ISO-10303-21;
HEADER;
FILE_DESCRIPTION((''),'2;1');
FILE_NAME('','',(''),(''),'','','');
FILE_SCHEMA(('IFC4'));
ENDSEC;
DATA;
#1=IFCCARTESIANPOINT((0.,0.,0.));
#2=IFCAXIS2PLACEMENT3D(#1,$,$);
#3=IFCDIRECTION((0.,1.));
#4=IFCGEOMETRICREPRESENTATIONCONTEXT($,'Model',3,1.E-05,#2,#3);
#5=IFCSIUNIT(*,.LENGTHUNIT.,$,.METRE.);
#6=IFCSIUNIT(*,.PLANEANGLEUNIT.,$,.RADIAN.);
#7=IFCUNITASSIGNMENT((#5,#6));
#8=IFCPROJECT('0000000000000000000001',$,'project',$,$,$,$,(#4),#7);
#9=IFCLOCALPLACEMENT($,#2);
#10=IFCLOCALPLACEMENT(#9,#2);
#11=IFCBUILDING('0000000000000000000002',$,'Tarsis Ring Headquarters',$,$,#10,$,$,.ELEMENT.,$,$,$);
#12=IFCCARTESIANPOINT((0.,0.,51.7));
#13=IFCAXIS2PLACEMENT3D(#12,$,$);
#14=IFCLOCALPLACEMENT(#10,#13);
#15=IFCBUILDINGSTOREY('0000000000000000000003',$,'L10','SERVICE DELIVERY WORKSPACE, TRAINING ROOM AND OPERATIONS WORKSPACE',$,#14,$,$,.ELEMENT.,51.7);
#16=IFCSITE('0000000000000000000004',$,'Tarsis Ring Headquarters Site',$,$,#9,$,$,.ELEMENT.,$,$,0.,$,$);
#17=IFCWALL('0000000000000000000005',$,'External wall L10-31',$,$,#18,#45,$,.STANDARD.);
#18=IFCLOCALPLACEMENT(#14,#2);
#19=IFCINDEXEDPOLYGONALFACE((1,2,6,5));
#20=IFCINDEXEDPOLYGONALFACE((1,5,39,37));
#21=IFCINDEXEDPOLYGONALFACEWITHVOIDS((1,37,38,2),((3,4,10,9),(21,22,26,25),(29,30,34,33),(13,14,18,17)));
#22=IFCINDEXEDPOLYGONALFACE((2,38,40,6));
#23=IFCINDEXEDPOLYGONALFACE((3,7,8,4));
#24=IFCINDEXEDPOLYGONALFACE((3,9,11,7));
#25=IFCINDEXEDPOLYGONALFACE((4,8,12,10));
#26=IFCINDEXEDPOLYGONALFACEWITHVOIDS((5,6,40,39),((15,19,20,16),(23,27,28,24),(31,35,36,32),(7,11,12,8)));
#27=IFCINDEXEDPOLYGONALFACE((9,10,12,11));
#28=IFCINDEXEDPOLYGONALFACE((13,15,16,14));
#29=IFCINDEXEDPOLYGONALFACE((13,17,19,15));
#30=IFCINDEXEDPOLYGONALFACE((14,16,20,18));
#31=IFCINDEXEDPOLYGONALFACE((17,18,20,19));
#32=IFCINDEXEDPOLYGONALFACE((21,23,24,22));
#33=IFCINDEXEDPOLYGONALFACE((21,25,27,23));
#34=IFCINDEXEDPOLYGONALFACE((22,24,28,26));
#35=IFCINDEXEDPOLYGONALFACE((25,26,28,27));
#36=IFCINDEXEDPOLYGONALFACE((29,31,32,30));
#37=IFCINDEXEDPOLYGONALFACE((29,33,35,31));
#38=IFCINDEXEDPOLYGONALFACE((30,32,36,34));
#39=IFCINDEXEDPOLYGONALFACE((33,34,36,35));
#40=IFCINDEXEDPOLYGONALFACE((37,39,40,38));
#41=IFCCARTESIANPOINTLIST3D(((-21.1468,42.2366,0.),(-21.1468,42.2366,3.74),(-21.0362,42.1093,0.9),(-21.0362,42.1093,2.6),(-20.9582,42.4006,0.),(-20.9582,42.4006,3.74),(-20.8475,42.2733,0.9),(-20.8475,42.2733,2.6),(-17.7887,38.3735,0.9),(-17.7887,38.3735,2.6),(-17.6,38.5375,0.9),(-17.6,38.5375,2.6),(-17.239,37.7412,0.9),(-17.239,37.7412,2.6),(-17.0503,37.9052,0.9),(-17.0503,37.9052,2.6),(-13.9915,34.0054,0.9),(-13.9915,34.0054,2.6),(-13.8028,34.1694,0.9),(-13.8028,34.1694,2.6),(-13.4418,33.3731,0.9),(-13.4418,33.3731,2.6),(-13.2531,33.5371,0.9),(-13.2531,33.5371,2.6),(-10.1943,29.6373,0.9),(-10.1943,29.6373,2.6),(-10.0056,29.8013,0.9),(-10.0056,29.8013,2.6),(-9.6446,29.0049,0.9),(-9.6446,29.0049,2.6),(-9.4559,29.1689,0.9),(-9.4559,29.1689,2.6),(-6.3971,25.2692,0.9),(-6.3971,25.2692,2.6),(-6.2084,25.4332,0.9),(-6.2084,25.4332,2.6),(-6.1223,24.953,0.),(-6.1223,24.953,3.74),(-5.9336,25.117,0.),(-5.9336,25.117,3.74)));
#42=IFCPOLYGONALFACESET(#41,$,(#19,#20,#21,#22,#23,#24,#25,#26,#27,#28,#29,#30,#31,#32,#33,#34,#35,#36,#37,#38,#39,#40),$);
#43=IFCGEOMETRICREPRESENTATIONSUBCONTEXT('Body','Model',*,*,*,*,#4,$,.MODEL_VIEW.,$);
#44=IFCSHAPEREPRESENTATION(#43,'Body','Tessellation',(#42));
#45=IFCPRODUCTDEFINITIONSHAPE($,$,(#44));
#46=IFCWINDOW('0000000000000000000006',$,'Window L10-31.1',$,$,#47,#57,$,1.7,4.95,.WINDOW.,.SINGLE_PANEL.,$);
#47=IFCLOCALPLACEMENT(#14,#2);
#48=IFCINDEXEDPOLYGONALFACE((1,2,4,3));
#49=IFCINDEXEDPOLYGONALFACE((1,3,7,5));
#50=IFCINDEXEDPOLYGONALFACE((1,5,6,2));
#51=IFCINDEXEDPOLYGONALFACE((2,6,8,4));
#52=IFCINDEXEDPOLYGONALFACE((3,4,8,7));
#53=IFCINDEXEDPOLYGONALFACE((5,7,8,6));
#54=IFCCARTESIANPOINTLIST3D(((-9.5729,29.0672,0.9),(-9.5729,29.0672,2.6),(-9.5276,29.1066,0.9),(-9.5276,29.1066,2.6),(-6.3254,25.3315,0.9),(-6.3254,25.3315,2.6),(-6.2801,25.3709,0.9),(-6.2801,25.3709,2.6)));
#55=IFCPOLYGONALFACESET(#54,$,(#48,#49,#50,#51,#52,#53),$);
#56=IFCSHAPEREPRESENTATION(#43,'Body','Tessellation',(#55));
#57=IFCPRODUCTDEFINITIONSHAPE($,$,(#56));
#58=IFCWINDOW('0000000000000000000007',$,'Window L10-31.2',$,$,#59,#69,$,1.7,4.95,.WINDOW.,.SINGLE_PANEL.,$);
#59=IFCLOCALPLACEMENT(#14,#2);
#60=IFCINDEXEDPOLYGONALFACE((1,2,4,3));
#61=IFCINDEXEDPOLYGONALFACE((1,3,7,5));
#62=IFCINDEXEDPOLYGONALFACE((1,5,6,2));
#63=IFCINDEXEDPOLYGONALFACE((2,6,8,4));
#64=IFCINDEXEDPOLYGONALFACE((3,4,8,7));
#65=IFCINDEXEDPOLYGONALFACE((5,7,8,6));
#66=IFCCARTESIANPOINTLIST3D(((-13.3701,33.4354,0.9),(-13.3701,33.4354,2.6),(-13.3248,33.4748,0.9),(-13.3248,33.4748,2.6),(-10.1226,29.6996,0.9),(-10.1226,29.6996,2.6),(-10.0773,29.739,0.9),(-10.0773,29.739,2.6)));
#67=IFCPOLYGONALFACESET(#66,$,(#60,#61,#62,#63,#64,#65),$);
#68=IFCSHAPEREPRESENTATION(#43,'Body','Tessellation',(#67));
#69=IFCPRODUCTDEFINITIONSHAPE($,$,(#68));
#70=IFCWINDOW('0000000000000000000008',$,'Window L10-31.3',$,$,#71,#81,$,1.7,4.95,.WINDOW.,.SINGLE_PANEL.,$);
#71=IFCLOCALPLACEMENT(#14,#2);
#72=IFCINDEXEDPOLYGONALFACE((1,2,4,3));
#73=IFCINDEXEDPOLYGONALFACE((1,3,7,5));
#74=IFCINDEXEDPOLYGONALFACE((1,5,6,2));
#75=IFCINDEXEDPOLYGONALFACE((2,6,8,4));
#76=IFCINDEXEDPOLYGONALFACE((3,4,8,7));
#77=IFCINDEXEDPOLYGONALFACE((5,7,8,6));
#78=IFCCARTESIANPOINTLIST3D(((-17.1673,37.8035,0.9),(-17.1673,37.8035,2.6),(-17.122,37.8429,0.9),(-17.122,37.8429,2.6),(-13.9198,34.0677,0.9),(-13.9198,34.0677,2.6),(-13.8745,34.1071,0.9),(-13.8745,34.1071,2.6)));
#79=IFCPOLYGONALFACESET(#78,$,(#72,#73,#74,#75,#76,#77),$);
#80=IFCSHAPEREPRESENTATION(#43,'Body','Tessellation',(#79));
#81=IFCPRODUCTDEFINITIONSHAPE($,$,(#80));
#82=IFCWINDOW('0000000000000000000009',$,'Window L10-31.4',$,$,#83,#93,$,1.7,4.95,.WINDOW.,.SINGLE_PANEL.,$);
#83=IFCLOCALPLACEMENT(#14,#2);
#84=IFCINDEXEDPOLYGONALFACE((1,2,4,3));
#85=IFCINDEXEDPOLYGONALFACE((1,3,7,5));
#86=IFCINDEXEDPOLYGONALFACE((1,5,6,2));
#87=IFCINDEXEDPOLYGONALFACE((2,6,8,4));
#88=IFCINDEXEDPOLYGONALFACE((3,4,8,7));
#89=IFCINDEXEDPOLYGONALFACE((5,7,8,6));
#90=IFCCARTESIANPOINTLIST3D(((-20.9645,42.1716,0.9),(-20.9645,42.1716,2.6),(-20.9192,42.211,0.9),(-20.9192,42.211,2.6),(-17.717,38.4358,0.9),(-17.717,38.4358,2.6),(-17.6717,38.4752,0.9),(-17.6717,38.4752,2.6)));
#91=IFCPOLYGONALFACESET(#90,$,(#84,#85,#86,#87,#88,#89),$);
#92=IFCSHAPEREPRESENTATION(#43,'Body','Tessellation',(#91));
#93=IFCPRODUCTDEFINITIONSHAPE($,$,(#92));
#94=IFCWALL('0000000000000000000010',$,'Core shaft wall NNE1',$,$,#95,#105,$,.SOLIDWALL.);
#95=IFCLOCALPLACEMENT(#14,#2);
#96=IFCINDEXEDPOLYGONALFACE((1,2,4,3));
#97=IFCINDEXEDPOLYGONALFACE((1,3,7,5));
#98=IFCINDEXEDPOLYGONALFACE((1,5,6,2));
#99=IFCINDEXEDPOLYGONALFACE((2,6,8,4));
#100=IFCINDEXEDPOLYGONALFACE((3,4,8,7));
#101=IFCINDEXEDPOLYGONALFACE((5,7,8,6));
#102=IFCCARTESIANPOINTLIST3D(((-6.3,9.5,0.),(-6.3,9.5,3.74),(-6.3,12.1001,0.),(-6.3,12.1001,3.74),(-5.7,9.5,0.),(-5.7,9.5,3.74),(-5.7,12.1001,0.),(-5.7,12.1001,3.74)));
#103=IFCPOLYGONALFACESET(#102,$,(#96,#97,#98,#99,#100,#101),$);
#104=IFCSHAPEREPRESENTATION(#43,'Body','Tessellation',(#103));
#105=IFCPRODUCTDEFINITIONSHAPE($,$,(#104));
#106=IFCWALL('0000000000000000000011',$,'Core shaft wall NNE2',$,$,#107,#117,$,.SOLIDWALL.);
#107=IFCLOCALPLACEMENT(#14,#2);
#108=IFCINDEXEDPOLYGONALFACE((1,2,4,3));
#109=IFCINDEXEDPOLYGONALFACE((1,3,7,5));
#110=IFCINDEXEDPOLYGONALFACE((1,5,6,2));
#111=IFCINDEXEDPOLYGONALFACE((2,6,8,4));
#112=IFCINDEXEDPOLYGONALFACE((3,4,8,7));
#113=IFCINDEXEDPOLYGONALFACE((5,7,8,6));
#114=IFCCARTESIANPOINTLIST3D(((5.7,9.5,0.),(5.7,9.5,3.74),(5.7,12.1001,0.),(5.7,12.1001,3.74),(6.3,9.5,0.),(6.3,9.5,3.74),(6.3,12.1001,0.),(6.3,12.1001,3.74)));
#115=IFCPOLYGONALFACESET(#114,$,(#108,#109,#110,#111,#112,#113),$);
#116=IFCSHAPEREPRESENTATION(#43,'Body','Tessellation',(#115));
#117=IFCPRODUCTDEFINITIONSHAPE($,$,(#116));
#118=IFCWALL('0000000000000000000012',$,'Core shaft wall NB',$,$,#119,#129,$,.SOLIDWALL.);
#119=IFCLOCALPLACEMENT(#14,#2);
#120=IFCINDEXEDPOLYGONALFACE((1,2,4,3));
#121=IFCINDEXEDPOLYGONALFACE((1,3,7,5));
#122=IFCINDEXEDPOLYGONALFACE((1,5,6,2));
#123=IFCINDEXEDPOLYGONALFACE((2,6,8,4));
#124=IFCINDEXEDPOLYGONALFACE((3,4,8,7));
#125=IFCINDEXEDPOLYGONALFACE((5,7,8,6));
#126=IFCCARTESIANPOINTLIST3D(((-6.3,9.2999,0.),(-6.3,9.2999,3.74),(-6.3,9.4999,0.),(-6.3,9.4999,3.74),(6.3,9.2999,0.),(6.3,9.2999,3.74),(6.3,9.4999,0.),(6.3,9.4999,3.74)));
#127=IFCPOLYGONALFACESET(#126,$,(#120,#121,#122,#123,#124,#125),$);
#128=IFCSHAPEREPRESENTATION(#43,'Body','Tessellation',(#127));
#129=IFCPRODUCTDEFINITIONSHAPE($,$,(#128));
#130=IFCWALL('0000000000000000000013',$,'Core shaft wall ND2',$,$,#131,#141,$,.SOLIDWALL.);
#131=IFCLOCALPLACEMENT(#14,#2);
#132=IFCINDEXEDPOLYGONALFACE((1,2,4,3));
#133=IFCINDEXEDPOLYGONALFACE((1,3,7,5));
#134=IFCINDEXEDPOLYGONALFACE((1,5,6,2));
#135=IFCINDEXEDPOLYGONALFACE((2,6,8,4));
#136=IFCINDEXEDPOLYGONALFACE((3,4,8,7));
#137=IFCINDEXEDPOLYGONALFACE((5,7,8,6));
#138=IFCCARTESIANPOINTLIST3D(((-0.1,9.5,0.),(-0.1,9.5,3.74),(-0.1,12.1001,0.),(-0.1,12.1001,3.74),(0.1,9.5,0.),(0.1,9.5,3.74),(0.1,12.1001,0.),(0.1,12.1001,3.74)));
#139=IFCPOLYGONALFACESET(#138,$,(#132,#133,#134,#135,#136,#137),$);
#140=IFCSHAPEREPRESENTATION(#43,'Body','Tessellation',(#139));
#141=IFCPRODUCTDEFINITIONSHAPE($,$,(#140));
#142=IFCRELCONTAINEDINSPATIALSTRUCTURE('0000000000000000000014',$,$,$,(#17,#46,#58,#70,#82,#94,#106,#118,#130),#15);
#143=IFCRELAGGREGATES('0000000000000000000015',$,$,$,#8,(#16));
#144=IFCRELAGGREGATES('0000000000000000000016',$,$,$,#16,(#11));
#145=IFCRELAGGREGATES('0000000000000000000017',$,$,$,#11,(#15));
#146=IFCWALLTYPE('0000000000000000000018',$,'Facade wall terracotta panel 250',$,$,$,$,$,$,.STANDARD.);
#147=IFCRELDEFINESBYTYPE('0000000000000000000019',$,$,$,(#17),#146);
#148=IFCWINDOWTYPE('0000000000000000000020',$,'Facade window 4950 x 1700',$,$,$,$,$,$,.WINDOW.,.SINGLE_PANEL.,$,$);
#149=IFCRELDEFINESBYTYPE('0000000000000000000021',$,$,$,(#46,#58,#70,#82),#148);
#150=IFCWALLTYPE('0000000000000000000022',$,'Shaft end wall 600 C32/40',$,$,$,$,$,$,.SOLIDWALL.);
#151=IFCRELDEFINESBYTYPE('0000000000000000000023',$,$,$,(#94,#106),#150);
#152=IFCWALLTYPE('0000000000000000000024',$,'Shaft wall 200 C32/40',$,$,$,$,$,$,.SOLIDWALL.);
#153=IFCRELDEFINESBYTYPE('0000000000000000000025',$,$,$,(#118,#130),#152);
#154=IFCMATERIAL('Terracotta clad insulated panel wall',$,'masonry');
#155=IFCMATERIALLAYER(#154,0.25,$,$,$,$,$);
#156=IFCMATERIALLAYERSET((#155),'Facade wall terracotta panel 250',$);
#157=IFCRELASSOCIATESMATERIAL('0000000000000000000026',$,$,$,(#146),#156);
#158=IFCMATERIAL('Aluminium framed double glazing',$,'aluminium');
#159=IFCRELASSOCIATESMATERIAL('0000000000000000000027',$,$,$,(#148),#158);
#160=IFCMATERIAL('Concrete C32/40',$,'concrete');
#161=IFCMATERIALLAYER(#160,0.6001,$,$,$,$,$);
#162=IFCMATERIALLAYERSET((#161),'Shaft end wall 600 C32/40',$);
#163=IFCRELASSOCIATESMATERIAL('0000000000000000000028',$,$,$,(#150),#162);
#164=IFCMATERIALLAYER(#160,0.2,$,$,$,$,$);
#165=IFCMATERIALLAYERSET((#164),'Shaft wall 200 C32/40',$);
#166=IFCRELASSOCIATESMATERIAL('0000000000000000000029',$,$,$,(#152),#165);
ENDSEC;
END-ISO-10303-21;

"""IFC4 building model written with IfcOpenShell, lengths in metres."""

from ifc_helpers import new_model, si_unit, direction, frame, frame_2d, origin, place, context, subcontext, project, spatial, rectangle, extrude, material, layer, layer_set, type_object, element, fill, save


model = new_model("IFC4")

# Units and contexts
model_context = context("Model", 3, precision=1e-05, world=origin(), true_north=direction((0.0, 1.0)))
body_context = subcontext(model_context, "Body", "Model", "MODEL_VIEW")
ifc_project = project(units=[si_unit("LENGTHUNIT", "METRE"), si_unit("PLANEANGLEUNIT", "RADIAN")], contexts=[model_context])

# Site, building, storey
site_placement = place(None, origin())
site = spatial("IfcSite", under=ifc_project, at=site_placement, Name="Tarsis Ring Headquarters Site", CompositionType="ELEMENT", RefElevation=0.0)
building_placement = place(site_placement, origin())
building = spatial("IfcBuilding", under=site, at=building_placement, Name="Tarsis Ring Headquarters", CompositionType="ELEMENT")
storey_placement = place(building_placement, frame((0.0, 0.0, 51.7)))
storey = spatial("IfcBuildingStorey", under=building, at=storey_placement, Name="L10", Description="SERVICE DELIVERY WORKSPACE, TRAINING ROOM AND OPERATIONS WORKSPACE", CompositionType="ELEMENT", Elevation=51.7)

# Shared definitions
ifc_material_1 = material(Name="Terracotta clad insulated panel wall", Category="masonry")
ifc_layer_1 = layer(ifc_material_1, 0.25)
ifc_layer_set_1 = layer_set([ifc_layer_1], Name="Facade wall terracotta panel 250")
wall_type_1 = type_object("IfcWallType", Name="Facade wall terracotta panel 250", PredefinedType="STANDARD", material=ifc_layer_set_1)
ifc_material_2 = material(Name="Aluminium framed double glazing", Category="aluminium")

# Wall, openings, windows
wall_1_placement = place(storey_placement, frame((-6.0278, 25.0349, 0.0), z_axis=(0.0, 0.0, 1.0), x_axis=(-0.656063, 0.754706, 0.0)))
wall_1 = element("IfcWall", 1, at=wall_1_placement, inside=storey, type_object=wall_type_1, Name="External wall L10-31", PredefinedType="STANDARD", context=body_context, shape_type="SweptSolid", body=[
    extrude(rectangle(XDim=22.9011, YDim=0.25, at=frame_2d((11.4507, 0.0))), origin(), (0.0, 0.0, 1.0), 3.74),
])
opening_1_placement = place(wall_1_placement, frame((0.4189, 0.0, 0.8999)))
opening_1 = element("IfcOpeningElement", 2, at=opening_1_placement, cuts=wall_1, PredefinedType="OPENING", context=body_context, shape_type="SweptSolid", body=[
    extrude(rectangle(XDim=4.95, YDim=1.7, at=frame_2d((2.4751, 0.8501))), frame((0.0, 0.135, 0.0), z_axis=(0.0, -1.0, 0.0), x_axis=(1.0, 0.0, 0.0)), (0.0, 0.0, 1.0), 0.27),
])
opening_2_placement = place(wall_1_placement, frame((6.2068, 0.0, 0.8999)))
opening_2 = element("IfcOpeningElement", 3, at=opening_2_placement, cuts=wall_1, PredefinedType="OPENING", context=body_context, shape_type="SweptSolid", body=[
    extrude(rectangle(XDim=4.95, YDim=1.7, at=frame_2d((2.4751, 0.8501))), frame((0.0, 0.135, 0.0), z_axis=(0.0, -1.0, 0.0), x_axis=(1.0, 0.0, 0.0)), (0.0, 0.0, 1.0), 0.27),
])
opening_3_placement = place(wall_1_placement, frame((11.9946, 0.0, 0.8999)))
opening_3 = element("IfcOpeningElement", 4, at=opening_3_placement, cuts=wall_1, PredefinedType="OPENING", context=body_context, shape_type="SweptSolid", body=[
    extrude(rectangle(XDim=4.95, YDim=1.7, at=frame_2d((2.4751, 0.8501))), frame((0.0, 0.135, 0.0), z_axis=(0.0, -1.0, 0.0), x_axis=(1.0, 0.0, 0.0)), (0.0, 0.0, 1.0), 0.27),
])
opening_4_placement = place(wall_1_placement, frame((17.7825, 0.0, 0.8999)))
opening_4 = element("IfcOpeningElement", 5, at=opening_4_placement, cuts=wall_1, PredefinedType="OPENING", context=body_context, shape_type="SweptSolid", body=[
    extrude(rectangle(XDim=4.95, YDim=1.7, at=frame_2d((2.4751, 0.8501))), frame((0.0, 0.135, 0.0), z_axis=(0.0, -1.0, 0.0), x_axis=(1.0, 0.0, 0.0)), (0.0, 0.0, 1.0), 0.27),
])
window_type_1 = type_object("IfcWindowType", Name="Facade window 4950 x 1700", PartitioningType="SINGLE_PANEL", PredefinedType="WINDOW", material=ifc_material_2)
window_1_placement = place(opening_1_placement, origin())
window_1 = element("IfcWindow", 6, at=window_1_placement, inside=storey, type_object=window_type_1, Name="Window L10-31.1", OverallHeight=1.7, OverallWidth=4.95, PartitioningType="SINGLE_PANEL", PredefinedType="WINDOW", context=body_context, shape_type="SweptSolid", body=[
    extrude(rectangle(XDim=4.95, YDim=1.7, at=frame_2d((2.4751, 0.8501))), frame((0.0, 0.03, 0.0), z_axis=(0.0, -1.0, 0.0), x_axis=(1.0, 0.0, 0.0)), (0.0, 0.0, 1.0), 0.0601),
])
fill(opening_1, window_1)
window_2_placement = place(opening_2_placement, origin())
window_2 = element("IfcWindow", 7, at=window_2_placement, inside=storey, type_object=window_type_1, Name="Window L10-31.2", OverallHeight=1.7, OverallWidth=4.95, PartitioningType="SINGLE_PANEL", PredefinedType="WINDOW", context=body_context, shape_type="SweptSolid", body=[
    extrude(rectangle(XDim=4.95, YDim=1.7, at=frame_2d((2.4751, 0.8501))), frame((0.0, 0.03, 0.0), z_axis=(0.0, -1.0, 0.0), x_axis=(1.0, 0.0, 0.0)), (0.0, 0.0, 1.0), 0.0601),
])
fill(opening_2, window_2)
window_3_placement = place(opening_3_placement, origin())
window_3 = element("IfcWindow", 8, at=window_3_placement, inside=storey, type_object=window_type_1, Name="Window L10-31.3", OverallHeight=1.7, OverallWidth=4.95, PartitioningType="SINGLE_PANEL", PredefinedType="WINDOW", context=body_context, shape_type="SweptSolid", body=[
    extrude(rectangle(XDim=4.95, YDim=1.7, at=frame_2d((2.4751, 0.8501))), frame((0.0, 0.03, 0.0), z_axis=(0.0, -1.0, 0.0), x_axis=(1.0, 0.0, 0.0)), (0.0, 0.0, 1.0), 0.0601),
])
fill(opening_3, window_3)
window_4_placement = place(opening_4_placement, origin())
window_4 = element("IfcWindow", 9, at=window_4_placement, inside=storey, type_object=window_type_1, Name="Window L10-31.4", OverallHeight=1.7, OverallWidth=4.95, PartitioningType="SINGLE_PANEL", PredefinedType="WINDOW", context=body_context, shape_type="SweptSolid", body=[
    extrude(rectangle(XDim=4.95, YDim=1.7, at=frame_2d((2.4751, 0.8501))), frame((0.0, 0.03, 0.0), z_axis=(0.0, -1.0, 0.0), x_axis=(1.0, 0.0, 0.0)), (0.0, 0.0, 1.0), 0.0601),
])
fill(opening_4, window_4)

# Walls
ifc_material_3 = material(Name="Concrete C32/40", Category="concrete")
ifc_layer_2 = layer(ifc_material_3, 0.6001)
ifc_layer_set_2 = layer_set([ifc_layer_2], Name="Shaft end wall 600 C32/40")
wall_type_2 = type_object("IfcWallType", Name="Shaft end wall 600 C32/40", PredefinedType="SOLIDWALL", material=ifc_layer_set_2)
for number, where, z_axis, x_axis, name in (
    (10, (-6.0, 9.5, 0.0), (0.0, 0.0, 1.0), (0.0, 1.0, 0.0), "Core shaft wall NNE1"),
    (11, (6.0, 9.5, 0.0), (0.0, 0.0, 1.0), (0.0, 1.0, 0.0), "Core shaft wall NNE2"),
):
    element("IfcWall", number, at=place(storey_placement, frame(where, z_axis=z_axis, x_axis=x_axis)), inside=storey, type_object=wall_type_2, Name=name, PredefinedType="SOLIDWALL", context=body_context, shape_type="SweptSolid", body=[
        extrude(rectangle(XDim=2.6001, YDim=0.6001, at=frame_2d((1.3, 0.0))), origin(), (0.0, 0.0, 1.0), 3.74),
    ])
ifc_layer_3 = layer(ifc_material_3, 0.2)
ifc_layer_set_3 = layer_set([ifc_layer_3], Name="Shaft wall 200 C32/40")
wall_type_3 = type_object("IfcWallType", Name="Shaft wall 200 C32/40", PredefinedType="SOLIDWALL", material=ifc_layer_set_3)
wall_2_placement = place(storey_placement, frame((-6.3, 9.3999, 0.0), z_axis=(0.0, 0.0, 1.0), x_axis=(1.0, 0.0, 0.0)))
element("IfcWall", 12, at=wall_2_placement, inside=storey, type_object=wall_type_3, Name="Core shaft wall NB", PredefinedType="SOLIDWALL", context=body_context, shape_type="SweptSolid", body=[
    extrude(rectangle(XDim=12.6001, YDim=0.2, at=frame_2d((6.3, 0.0))), origin(), (0.0, 0.0, 1.0), 3.74),
])
wall_3_placement = place(storey_placement, frame((0.0, 9.5, 0.0), z_axis=(0.0, 0.0, 1.0), x_axis=(0.0, 1.0, 0.0)))
element("IfcWall", 13, at=wall_3_placement, inside=storey, type_object=wall_type_3, Name="Core shaft wall ND2", PredefinedType="SOLIDWALL", context=body_context, shape_type="SweptSolid", body=[
    extrude(rectangle(XDim=2.6001, YDim=0.2, at=frame_2d((1.3, 0.0))), origin(), (0.0, 0.0, 1.0), 3.74),
])

save(model, "model.ifc")
